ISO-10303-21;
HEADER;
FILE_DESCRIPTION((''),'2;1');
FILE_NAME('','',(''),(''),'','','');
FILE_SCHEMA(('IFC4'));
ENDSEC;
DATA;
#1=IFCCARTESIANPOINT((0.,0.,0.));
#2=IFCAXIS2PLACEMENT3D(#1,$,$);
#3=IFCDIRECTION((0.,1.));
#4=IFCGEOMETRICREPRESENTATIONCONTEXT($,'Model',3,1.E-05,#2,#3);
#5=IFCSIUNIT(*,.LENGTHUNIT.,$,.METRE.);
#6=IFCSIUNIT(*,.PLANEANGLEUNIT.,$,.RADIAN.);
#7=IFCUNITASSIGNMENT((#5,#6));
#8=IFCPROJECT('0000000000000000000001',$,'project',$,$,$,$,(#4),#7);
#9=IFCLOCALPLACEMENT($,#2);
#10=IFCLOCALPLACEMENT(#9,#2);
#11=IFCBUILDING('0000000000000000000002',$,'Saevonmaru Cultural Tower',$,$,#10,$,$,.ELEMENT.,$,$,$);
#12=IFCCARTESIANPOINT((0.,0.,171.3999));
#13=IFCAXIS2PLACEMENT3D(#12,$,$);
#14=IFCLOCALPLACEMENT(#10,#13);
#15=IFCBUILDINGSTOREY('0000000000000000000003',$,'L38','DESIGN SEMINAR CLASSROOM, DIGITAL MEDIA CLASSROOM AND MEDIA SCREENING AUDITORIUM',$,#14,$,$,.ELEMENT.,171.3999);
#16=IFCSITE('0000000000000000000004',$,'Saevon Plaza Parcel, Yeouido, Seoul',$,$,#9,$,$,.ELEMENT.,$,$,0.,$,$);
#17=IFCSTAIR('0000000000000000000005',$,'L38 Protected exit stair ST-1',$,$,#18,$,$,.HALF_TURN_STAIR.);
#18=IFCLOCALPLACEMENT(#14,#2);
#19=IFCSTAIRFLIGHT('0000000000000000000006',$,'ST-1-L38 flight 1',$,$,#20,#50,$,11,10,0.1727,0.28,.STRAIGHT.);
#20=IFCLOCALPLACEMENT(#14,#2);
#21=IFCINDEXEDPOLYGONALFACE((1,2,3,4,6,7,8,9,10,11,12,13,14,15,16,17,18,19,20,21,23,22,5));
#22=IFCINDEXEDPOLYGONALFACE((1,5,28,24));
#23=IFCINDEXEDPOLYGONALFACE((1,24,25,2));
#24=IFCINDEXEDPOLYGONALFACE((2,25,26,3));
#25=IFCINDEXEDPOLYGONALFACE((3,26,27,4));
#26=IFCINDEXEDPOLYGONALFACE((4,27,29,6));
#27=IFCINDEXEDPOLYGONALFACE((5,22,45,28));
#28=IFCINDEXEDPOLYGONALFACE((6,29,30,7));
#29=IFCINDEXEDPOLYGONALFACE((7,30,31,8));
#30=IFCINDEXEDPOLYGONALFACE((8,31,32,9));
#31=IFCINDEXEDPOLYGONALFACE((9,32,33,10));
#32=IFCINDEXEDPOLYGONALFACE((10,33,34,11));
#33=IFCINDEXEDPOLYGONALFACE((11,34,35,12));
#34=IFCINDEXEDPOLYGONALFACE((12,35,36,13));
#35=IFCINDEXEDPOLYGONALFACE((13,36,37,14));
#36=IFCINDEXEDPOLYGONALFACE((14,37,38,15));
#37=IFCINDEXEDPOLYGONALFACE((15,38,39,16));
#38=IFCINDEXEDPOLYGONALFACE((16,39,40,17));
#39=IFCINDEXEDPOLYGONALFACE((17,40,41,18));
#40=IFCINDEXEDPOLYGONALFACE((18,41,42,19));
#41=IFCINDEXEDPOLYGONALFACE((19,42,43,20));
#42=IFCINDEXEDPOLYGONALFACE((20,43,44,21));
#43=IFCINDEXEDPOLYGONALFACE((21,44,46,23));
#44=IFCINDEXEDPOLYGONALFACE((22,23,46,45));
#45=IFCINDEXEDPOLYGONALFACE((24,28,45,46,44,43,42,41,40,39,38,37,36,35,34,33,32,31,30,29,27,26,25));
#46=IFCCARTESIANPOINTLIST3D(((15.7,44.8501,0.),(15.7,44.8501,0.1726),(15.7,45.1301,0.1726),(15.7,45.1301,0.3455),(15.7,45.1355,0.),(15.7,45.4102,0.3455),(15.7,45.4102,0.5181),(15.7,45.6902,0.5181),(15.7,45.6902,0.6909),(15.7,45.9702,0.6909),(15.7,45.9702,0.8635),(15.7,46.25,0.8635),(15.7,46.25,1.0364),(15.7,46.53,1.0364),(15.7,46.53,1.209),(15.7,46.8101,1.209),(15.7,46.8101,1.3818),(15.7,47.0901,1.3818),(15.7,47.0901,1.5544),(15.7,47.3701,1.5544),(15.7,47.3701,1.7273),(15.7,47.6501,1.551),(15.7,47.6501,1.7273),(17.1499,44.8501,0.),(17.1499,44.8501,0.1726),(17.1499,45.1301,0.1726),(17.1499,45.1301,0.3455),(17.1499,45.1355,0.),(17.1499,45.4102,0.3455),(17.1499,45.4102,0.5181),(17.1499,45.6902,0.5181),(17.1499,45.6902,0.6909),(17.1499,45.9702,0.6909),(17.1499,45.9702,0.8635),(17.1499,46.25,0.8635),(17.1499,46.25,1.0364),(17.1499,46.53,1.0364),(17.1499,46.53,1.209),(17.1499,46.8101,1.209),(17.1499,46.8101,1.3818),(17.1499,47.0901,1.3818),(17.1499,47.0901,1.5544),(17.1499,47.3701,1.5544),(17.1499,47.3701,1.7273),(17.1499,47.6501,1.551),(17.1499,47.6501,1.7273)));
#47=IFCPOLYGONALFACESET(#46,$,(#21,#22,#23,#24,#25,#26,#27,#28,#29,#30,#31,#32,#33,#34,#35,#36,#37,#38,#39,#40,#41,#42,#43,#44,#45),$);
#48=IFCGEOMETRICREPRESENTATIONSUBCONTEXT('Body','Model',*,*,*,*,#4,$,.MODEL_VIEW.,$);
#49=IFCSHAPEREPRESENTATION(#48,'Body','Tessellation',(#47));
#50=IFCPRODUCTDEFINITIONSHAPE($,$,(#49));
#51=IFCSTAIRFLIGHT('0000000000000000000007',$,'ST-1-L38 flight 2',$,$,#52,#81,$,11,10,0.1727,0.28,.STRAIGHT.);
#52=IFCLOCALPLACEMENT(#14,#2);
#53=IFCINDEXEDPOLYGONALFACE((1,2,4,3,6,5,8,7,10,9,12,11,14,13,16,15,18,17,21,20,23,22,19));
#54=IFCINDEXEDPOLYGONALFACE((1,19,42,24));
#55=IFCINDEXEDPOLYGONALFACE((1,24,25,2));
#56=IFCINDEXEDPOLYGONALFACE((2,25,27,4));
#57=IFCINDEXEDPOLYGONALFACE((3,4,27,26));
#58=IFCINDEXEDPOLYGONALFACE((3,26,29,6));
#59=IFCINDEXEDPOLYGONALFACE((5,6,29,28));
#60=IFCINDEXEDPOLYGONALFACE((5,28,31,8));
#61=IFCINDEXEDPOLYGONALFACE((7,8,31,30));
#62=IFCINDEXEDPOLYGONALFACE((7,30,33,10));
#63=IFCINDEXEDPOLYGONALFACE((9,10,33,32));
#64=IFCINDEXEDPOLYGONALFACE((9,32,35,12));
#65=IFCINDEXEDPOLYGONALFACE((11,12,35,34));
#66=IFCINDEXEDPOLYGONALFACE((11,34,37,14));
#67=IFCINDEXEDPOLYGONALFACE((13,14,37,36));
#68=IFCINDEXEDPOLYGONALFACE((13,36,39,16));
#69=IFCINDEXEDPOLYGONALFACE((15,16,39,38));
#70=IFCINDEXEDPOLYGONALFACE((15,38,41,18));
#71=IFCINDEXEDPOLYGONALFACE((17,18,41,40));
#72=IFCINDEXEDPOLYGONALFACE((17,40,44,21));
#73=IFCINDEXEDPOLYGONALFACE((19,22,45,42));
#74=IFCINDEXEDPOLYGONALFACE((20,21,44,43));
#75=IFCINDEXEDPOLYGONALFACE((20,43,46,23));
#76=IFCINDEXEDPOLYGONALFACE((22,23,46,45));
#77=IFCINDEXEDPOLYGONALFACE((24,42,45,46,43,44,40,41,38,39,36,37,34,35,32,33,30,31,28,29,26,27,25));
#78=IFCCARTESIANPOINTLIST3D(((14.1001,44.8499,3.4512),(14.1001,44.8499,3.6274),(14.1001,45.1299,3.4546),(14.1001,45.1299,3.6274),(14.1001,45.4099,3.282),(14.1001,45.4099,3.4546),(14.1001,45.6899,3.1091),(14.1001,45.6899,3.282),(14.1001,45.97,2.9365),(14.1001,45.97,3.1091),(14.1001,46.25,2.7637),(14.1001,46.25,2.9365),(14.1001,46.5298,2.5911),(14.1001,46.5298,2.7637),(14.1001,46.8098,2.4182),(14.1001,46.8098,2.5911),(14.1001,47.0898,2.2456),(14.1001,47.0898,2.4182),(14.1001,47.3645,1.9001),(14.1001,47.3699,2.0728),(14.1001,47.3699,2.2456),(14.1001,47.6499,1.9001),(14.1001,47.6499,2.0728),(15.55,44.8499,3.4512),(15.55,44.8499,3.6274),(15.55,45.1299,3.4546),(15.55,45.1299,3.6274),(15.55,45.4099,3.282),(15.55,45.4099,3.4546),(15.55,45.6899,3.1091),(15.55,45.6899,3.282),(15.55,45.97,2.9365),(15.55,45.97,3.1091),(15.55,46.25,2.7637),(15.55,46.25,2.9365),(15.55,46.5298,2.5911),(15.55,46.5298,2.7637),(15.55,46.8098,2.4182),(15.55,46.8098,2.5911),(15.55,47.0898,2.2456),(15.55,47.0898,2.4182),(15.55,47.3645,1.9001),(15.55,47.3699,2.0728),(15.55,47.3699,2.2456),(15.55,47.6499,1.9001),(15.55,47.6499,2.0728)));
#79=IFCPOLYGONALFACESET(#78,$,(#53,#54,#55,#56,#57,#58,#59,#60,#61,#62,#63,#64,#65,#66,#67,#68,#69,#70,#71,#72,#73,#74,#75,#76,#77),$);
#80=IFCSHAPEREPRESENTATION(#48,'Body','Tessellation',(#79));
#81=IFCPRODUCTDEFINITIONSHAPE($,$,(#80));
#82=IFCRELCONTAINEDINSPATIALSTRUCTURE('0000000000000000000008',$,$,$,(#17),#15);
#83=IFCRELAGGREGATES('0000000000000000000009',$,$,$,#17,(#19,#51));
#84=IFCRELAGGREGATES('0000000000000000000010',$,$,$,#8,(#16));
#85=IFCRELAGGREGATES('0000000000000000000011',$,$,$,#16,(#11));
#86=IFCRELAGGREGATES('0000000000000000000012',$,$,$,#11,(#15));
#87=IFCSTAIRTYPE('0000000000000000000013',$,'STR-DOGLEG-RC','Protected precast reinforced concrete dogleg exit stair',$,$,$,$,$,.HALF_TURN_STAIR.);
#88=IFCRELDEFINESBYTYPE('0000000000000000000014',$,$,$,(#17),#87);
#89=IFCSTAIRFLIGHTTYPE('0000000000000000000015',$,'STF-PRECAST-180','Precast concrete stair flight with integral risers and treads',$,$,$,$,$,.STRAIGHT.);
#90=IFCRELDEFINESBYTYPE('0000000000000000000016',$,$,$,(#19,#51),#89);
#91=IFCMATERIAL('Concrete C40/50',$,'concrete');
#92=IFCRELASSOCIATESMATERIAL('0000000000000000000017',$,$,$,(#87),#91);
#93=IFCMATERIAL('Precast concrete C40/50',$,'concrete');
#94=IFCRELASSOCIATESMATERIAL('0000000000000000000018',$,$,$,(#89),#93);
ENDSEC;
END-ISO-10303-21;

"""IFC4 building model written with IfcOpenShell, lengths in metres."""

from ifc_helpers import new_model, si_unit, direction, frame, origin, place, context, subcontext, project, spatial, polyline, outline, extrude, material, type_object, element, aggregate, save


model = new_model("IFC4")

# Units and contexts
model_context = context("Model", 3, precision=1e-05, world=origin(), true_north=direction((0.0, 1.0)))
body_context = subcontext(model_context, "Body", "Model", "MODEL_VIEW")
ifc_project = project(units=[si_unit("LENGTHUNIT", "METRE"), si_unit("PLANEANGLEUNIT", "RADIAN")], contexts=[model_context])

# Site, building, storey
site_placement = place(None, origin())
site = spatial("IfcSite", under=ifc_project, at=site_placement, Name="Saevon Plaza Parcel, Yeouido, Seoul", CompositionType="ELEMENT", RefElevation=0.0)
building_placement = place(site_placement, origin())
building = spatial("IfcBuilding", under=site, at=building_placement, Name="Saevonmaru Cultural Tower", CompositionType="ELEMENT")
storey_placement = place(building_placement, frame((0.0, 0.0, 171.3999)))
storey = spatial("IfcBuildingStorey", under=building, at=storey_placement, Name="L38", Description="DESIGN SEMINAR CLASSROOM, DIGITAL MEDIA CLASSROOM AND MEDIA SCREENING AUDITORIUM", CompositionType="ELEMENT", Elevation=171.3999)

# Shared definitions
ifc_material_1 = material(Name="Concrete C40/50", Category="concrete")

# Stair, stair flights
stair_type = type_object("IfcStairType", Name="STR-DOGLEG-RC", Description="Protected precast reinforced concrete dogleg exit stair", PredefinedType="HALF_TURN_STAIR", material=ifc_material_1)
stair_placement = place(storey_placement, origin())
stair = element("IfcStair", 1, at=stair_placement, inside=storey, type_object=stair_type, Name="L38 Protected exit stair ST-1", PredefinedType="HALF_TURN_STAIR")
ifc_material_2 = material(Name="Precast concrete C40/50", Category="concrete")
stair_flight_type = type_object("IfcStairFlightType", Name="STF-PRECAST-180", Description="Precast concrete stair flight with integral risers and treads", PredefinedType="STRAIGHT", material=ifc_material_2)
stair_flight_1_placement = place(storey_placement, frame((16.425, 44.8501, 0.0), z_axis=(0.0, 0.0, 1.0), x_axis=(0.0, 1.0, 0.0)))
stair_flight_1 = element("IfcStairFlight", 2, at=stair_flight_1_placement, type_object=stair_flight_type, Name="ST-1-L38 flight 1", NumberOfRisers=11, NumberOfTreads=10, PredefinedType="STRAIGHT", RiserHeight=0.1727, TreadLength=0.28, context=body_context, shape_type="SweptSolid", body=[
    extrude(outline(polyline([(0.0, 0.0), (0.0, 0.1726), (0.28, 0.1726), (0.28, 0.3455), (0.5601, 0.3455), (0.5601, 0.5181), (0.8401, 0.5181), (0.8401, 0.6909), (1.1201, 0.6909), (1.1201, 0.8635), (1.3999, 0.8635), (1.3999, 1.0364), (1.6799, 1.0364), (1.6799, 1.209), (1.96, 1.209), (1.96, 1.3818), (2.24, 1.3818), (2.24, 1.5544), (2.52, 1.5544), (2.52, 1.7273), (2.8, 1.7273), (2.8, 1.8999), (2.8, 1.551), (0.2854, 0.0), (0.0, 0.0)])), frame((0.0, 0.7251, 0.0), z_axis=(0.0, -1.0, 0.0), x_axis=(1.0, 0.0, 0.0)), (0.0, 0.0, 1.0), 1.45),
])
stair_flight_2_placement = place(storey_placement, frame((14.825, 47.6499, 1.9001), z_axis=(0.0, 0.0, 1.0), x_axis=(0.0, -1.0, 0.0)))
stair_flight_2 = element("IfcStairFlight", 3, at=stair_flight_2_placement, type_object=stair_flight_type, Name="ST-1-L38 flight 2", NumberOfRisers=11, NumberOfTreads=10, PredefinedType="STRAIGHT", RiserHeight=0.1727, TreadLength=0.28, context=body_context, shape_type="SweptSolid", body=[
    extrude(outline(polyline([(0.0, 0.0), (0.0, 0.1726), (0.28, 0.1726), (0.28, 0.3455), (0.5601, 0.3455), (0.5601, 0.5181), (0.8401, 0.5181), (0.8401, 0.6909), (1.1201, 0.6909), (1.1201, 0.8635), (1.3999, 0.8635), (1.3999, 1.0364), (1.6799, 1.0364), (1.6799, 1.209), (1.96, 1.209), (1.96, 1.3818), (2.24, 1.3818), (2.24, 1.5544), (2.52, 1.5544), (2.52, 1.7273), (2.8, 1.7273), (2.8, 1.8999), (2.8, 1.551), (0.2854, 0.0), (0.0, 0.0)])), frame((0.0, 0.7251, 0.0), z_axis=(0.0, -1.0, 0.0), x_axis=(1.0, 0.0, 0.0)), (0.0, 0.0, 1.0), 1.45),
])
aggregate(stair, [stair_flight_1, stair_flight_2])

save(model, "model.ifc")
